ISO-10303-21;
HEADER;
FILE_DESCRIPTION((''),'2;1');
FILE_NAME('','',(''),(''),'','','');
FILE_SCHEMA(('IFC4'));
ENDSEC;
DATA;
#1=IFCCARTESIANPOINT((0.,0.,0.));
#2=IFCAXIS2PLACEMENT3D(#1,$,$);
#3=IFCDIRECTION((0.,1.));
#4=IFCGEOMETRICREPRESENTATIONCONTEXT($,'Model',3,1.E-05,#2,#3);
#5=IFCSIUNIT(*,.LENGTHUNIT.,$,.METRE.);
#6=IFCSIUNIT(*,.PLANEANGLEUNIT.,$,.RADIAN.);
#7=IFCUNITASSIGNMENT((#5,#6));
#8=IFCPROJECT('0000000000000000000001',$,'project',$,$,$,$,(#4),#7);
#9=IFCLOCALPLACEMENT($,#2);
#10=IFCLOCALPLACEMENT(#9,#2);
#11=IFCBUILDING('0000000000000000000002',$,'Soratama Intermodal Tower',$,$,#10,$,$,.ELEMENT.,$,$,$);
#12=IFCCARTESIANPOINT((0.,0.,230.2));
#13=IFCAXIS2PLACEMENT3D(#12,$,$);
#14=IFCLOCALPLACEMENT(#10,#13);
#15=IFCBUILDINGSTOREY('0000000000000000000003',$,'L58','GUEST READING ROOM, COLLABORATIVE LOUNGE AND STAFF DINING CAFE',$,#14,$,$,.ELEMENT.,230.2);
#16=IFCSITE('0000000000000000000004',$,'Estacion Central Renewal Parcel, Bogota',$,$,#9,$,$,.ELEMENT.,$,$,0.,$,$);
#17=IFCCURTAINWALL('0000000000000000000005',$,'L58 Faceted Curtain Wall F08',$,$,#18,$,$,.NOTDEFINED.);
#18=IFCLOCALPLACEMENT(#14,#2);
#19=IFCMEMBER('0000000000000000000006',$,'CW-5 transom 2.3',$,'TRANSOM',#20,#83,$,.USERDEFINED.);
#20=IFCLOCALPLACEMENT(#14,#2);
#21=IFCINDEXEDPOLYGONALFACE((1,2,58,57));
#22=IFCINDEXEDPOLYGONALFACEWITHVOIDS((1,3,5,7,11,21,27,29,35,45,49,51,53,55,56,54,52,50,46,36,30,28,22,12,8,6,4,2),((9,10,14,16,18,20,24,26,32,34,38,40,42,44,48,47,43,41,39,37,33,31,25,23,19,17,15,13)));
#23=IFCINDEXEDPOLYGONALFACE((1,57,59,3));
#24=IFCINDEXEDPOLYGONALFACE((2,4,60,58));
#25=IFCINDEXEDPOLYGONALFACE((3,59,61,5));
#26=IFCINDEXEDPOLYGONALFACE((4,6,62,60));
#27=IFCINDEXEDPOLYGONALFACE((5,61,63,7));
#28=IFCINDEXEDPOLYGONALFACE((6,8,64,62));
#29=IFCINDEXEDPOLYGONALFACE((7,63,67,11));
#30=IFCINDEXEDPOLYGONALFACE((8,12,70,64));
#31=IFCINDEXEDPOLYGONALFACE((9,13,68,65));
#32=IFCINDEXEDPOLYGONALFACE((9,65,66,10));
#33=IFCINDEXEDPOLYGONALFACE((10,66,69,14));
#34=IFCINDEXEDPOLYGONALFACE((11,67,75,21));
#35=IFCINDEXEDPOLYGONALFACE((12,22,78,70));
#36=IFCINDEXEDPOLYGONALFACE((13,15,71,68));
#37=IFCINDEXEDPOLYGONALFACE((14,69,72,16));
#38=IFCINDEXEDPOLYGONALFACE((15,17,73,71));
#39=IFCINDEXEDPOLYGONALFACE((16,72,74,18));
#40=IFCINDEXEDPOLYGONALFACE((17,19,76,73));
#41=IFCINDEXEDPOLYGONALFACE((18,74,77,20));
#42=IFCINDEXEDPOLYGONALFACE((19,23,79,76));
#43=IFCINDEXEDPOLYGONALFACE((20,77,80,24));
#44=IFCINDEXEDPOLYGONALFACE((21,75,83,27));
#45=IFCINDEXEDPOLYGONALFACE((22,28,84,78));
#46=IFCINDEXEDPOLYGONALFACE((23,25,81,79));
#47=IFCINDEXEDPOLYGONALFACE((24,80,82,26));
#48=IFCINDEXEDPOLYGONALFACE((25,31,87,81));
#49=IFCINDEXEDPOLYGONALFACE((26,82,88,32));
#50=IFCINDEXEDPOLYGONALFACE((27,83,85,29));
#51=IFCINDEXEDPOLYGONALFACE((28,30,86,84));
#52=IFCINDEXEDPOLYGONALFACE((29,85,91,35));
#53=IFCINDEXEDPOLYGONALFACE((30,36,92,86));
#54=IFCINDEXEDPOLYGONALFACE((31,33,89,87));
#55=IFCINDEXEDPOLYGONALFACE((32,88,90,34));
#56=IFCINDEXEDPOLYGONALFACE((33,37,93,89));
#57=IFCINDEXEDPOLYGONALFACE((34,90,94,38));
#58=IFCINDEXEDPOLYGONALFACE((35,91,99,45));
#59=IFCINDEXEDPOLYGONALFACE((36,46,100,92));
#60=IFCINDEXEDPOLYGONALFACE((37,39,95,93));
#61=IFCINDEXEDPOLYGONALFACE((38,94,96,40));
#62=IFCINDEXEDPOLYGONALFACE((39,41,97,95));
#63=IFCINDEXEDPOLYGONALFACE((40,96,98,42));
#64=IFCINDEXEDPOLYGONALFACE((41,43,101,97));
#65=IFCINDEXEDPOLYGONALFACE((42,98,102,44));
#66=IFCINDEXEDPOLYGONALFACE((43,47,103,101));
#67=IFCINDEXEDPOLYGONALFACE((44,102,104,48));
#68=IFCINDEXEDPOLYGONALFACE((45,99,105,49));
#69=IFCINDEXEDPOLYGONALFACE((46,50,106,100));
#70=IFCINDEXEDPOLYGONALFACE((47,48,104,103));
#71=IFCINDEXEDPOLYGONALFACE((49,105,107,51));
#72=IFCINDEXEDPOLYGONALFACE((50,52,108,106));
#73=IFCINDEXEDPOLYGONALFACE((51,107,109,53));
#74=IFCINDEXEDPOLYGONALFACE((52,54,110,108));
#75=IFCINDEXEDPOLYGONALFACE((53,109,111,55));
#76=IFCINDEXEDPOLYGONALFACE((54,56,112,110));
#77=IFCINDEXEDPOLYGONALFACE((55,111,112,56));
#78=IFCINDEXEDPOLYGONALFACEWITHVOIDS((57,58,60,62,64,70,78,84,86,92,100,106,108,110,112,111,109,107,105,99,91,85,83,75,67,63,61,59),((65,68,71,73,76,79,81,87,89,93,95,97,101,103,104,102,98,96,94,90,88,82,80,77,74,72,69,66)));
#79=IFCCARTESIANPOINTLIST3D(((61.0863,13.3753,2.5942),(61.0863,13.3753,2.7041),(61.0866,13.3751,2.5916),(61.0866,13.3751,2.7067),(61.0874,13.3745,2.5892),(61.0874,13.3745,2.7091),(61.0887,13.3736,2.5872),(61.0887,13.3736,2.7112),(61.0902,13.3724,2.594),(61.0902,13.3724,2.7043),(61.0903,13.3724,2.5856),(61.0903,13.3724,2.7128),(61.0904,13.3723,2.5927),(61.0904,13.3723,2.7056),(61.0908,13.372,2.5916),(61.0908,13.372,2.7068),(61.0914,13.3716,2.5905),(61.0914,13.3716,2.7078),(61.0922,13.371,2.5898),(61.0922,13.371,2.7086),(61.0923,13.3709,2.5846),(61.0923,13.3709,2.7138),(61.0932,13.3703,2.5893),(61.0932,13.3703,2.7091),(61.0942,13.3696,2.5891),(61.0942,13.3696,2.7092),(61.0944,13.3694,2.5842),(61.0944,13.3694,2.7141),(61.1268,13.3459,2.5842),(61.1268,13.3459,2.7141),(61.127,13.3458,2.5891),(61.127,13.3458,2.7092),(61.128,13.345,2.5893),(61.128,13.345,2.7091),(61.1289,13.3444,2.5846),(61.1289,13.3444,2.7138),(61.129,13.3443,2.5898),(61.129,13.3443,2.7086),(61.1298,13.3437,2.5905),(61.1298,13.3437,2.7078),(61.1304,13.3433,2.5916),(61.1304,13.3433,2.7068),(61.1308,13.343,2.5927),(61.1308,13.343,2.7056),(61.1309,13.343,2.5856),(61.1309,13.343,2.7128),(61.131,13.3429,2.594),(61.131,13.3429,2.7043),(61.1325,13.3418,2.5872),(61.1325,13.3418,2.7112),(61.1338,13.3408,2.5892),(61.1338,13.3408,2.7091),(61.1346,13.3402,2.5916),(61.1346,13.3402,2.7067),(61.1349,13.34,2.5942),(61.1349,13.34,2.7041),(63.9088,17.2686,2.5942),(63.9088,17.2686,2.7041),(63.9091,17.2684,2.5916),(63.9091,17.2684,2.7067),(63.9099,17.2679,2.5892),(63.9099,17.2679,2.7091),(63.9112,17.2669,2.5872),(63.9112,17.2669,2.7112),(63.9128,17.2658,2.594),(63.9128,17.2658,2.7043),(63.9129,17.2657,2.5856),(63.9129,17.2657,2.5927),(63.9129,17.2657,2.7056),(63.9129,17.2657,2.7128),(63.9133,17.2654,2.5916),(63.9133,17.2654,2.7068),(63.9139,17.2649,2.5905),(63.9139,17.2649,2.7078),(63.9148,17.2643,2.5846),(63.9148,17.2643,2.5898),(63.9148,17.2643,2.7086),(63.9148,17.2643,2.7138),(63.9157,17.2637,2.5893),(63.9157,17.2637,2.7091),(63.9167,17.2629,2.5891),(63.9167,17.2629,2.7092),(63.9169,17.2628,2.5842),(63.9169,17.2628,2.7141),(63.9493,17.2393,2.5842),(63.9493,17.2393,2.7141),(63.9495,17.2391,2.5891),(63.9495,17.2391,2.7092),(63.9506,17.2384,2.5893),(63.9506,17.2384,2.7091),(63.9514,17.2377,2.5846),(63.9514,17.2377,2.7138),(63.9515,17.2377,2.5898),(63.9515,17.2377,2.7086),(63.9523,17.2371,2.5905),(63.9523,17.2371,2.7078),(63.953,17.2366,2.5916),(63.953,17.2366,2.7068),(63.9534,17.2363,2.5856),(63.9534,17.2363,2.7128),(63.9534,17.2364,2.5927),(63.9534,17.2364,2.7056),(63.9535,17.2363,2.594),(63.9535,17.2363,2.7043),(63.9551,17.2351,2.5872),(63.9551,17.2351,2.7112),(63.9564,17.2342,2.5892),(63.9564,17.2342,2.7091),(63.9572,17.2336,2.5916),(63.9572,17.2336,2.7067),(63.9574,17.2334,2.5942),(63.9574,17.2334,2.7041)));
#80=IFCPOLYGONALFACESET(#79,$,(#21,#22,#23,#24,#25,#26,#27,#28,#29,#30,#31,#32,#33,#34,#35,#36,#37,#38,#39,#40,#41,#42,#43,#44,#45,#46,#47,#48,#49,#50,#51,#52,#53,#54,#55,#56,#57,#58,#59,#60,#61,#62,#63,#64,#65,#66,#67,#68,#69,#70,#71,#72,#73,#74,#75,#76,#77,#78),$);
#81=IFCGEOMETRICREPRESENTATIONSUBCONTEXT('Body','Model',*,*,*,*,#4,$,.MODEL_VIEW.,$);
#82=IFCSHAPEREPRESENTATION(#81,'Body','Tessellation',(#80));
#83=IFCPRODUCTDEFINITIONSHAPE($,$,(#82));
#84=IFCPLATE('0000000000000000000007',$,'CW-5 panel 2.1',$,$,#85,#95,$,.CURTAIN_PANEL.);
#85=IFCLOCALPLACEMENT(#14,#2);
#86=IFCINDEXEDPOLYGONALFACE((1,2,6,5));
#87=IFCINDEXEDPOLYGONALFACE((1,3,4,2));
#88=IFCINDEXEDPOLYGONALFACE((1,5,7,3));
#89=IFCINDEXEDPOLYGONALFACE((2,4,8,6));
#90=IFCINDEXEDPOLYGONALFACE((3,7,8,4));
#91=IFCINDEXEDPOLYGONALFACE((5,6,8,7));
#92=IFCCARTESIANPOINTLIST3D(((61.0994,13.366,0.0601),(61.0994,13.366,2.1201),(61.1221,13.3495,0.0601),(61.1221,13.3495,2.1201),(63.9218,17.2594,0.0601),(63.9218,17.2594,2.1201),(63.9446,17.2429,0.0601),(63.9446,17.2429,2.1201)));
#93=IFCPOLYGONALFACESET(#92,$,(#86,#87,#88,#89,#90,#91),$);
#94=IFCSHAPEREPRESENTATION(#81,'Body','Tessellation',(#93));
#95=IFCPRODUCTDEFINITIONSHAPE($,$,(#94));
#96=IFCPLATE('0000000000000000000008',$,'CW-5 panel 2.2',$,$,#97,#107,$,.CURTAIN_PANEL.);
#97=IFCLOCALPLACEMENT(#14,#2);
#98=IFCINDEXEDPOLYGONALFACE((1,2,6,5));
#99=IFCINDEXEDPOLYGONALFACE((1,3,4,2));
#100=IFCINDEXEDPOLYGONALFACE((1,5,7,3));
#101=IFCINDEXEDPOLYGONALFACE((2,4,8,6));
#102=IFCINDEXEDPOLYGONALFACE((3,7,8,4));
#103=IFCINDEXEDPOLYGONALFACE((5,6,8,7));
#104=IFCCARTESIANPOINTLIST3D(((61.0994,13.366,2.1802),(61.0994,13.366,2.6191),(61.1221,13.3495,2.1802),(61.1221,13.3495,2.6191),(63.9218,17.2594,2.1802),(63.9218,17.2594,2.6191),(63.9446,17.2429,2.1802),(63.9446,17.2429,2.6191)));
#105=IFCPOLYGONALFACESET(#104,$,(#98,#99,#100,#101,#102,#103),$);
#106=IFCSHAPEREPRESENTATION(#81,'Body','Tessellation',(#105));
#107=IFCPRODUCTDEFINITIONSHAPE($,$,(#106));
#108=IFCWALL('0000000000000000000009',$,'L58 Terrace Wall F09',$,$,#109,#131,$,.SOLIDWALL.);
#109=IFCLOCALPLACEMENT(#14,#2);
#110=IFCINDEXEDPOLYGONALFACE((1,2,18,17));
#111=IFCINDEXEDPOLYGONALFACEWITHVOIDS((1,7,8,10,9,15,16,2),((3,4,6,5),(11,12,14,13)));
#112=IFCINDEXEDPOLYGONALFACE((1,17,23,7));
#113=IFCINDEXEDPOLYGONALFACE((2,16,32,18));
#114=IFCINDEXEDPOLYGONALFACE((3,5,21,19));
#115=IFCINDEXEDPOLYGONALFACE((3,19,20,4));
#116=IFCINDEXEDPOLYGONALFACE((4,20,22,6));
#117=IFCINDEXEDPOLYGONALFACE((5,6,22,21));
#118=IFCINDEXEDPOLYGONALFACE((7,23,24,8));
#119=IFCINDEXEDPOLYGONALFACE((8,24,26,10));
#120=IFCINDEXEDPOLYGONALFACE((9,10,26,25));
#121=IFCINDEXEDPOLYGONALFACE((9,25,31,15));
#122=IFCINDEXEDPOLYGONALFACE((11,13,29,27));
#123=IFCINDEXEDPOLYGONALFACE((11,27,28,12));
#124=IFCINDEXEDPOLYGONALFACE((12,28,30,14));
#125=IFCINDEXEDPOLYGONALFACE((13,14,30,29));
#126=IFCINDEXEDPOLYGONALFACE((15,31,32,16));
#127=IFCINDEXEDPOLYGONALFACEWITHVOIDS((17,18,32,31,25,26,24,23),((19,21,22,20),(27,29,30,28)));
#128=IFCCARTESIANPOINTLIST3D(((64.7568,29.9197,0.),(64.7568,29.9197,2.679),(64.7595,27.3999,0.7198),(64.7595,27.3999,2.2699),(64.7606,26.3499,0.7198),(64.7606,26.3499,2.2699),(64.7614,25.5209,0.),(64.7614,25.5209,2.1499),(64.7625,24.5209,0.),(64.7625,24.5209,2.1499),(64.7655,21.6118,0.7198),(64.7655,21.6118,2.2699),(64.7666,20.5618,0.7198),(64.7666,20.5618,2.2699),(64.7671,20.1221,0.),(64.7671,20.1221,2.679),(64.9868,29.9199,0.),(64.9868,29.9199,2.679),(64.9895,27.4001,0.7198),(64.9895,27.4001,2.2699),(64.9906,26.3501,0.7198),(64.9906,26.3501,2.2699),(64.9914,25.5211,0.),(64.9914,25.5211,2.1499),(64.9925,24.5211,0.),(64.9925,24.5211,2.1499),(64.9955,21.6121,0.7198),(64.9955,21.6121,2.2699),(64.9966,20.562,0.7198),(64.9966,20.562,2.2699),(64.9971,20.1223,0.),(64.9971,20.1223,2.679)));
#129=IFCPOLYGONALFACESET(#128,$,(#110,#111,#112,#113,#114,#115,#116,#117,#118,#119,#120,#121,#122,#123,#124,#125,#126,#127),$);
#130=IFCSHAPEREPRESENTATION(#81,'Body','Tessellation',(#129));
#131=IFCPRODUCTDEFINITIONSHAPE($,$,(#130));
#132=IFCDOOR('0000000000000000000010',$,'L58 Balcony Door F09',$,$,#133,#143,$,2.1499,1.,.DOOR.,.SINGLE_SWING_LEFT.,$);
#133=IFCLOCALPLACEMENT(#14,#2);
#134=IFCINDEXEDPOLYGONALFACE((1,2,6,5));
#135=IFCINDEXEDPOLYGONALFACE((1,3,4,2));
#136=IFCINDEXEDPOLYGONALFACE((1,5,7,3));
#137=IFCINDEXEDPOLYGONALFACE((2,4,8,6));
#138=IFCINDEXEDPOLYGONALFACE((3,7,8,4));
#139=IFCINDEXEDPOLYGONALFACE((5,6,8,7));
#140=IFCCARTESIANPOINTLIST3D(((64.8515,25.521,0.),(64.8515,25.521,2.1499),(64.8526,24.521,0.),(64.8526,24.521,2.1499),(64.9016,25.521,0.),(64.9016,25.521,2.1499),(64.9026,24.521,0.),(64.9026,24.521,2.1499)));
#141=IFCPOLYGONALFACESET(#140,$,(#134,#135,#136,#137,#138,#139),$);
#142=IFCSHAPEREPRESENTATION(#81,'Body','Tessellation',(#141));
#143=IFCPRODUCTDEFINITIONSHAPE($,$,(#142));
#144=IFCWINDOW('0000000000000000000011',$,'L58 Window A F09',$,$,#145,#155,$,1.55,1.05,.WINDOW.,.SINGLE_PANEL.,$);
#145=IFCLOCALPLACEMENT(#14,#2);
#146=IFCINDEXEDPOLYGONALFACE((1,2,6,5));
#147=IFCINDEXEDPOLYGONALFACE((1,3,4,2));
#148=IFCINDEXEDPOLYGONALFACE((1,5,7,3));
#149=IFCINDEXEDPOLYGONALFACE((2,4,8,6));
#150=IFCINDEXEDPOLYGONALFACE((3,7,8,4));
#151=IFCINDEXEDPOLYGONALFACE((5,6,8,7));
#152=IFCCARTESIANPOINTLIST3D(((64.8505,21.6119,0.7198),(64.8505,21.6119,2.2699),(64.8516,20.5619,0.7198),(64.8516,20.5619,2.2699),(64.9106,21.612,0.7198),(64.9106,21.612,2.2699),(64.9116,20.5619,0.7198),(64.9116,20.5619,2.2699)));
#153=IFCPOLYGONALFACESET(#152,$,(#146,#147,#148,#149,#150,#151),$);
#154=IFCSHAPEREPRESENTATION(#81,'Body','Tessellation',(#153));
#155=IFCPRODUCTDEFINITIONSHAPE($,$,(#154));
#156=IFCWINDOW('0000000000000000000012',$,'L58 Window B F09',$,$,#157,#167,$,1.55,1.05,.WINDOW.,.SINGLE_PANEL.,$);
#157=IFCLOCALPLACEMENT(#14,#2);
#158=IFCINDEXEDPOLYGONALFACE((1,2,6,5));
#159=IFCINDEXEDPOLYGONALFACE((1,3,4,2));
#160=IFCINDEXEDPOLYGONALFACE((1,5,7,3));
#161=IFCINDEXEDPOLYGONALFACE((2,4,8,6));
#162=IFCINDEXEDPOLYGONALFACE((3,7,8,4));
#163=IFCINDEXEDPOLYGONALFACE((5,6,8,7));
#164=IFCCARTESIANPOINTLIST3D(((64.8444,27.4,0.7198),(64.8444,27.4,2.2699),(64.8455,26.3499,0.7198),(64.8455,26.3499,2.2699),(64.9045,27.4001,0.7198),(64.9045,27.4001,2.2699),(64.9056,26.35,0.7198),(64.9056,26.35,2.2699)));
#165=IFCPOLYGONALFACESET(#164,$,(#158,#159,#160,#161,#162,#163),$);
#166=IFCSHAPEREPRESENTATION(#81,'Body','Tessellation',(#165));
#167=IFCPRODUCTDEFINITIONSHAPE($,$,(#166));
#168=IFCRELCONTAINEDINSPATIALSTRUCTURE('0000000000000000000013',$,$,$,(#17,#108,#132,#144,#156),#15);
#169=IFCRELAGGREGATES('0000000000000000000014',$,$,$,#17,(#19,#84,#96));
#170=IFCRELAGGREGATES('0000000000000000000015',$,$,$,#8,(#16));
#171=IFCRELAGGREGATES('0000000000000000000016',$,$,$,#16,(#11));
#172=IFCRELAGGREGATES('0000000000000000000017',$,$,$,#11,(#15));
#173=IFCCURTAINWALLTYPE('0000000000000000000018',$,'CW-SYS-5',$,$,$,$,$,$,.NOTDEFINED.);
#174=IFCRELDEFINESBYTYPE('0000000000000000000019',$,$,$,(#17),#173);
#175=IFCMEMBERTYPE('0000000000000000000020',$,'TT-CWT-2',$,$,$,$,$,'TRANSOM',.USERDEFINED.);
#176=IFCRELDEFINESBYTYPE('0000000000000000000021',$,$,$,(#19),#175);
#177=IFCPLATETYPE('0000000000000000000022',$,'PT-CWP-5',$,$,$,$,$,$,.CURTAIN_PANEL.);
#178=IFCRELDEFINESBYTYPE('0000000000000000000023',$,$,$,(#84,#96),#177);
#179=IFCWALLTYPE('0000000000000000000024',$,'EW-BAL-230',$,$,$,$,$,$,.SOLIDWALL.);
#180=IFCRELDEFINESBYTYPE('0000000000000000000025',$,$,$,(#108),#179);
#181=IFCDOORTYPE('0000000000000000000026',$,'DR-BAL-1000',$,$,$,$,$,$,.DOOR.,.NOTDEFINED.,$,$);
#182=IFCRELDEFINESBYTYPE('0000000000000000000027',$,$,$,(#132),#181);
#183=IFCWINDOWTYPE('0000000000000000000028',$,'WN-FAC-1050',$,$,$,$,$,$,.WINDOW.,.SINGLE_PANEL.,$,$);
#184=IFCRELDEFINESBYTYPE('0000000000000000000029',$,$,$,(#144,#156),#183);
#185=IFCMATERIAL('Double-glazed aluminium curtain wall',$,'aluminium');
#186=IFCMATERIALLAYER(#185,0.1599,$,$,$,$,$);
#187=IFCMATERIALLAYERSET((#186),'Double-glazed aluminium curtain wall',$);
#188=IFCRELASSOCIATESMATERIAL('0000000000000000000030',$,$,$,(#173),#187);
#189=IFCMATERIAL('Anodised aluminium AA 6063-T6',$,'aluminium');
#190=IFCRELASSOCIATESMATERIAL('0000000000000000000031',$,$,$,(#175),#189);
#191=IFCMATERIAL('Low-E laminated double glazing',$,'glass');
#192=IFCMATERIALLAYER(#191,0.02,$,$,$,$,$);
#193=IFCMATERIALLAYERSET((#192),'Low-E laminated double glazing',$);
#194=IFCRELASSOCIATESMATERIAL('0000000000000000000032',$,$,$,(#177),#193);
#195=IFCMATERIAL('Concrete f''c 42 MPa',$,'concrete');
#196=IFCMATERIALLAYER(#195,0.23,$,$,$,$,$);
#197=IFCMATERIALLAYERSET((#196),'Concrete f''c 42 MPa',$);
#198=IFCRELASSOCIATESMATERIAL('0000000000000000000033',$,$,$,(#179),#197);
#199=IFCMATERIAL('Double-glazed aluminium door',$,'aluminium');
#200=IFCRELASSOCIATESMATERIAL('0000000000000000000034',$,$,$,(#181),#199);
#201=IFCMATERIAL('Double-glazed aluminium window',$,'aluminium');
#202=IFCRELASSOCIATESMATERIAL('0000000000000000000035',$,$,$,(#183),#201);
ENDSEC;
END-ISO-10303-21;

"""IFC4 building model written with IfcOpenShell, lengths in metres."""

from ifc_helpers import new_model, si_unit, direction, frame, frame_2d, origin, origin_2d, place, context, subcontext, project, spatial, rectangle, hollow_rectangle, extrude, material, layer, layer_set, material_profile, profile_set, type_object, element, fill, aggregate, save


model = new_model("IFC4")

# Units and contexts
model_context = context("Model", 3, precision=1e-05, world=origin(), true_north=direction((0.0, 1.0)))
body_context = subcontext(model_context, "Body", "Model", "MODEL_VIEW")
ifc_project = project(units=[si_unit("LENGTHUNIT", "METRE"), si_unit("PLANEANGLEUNIT", "RADIAN")], contexts=[model_context])

# Site, building, storey
site_placement = place(None, origin())
site = spatial("IfcSite", under=ifc_project, at=site_placement, Name="Estacion Central Renewal Parcel, Bogota", CompositionType="ELEMENT", RefElevation=0.0)
building_placement = place(site_placement, origin())
building = spatial("IfcBuilding", under=site, at=building_placement, Name="Soratama Intermodal Tower", CompositionType="ELEMENT")
storey_placement = place(building_placement, frame((0.0, 0.0, 230.2)))
storey = spatial("IfcBuildingStorey", under=building, at=storey_placement, Name="L58", Description="GUEST READING ROOM, COLLABORATIVE LOUNGE AND STAFF DINING CAFE", CompositionType="ELEMENT", Elevation=230.2)

# Curtain wall, member, plates
ifc_material_1 = material(Name="Double-glazed aluminium curtain wall", Category="aluminium")
ifc_layer_1 = layer(ifc_material_1, 0.1599)
ifc_layer_set_1 = layer_set([ifc_layer_1], Name="Double-glazed aluminium curtain wall")
curtain_wall_type = type_object("IfcCurtainWallType", Name="CW-SYS-5", PredefinedType="NOTDEFINED", material=ifc_layer_set_1)
curtain_wall_placement = place(storey_placement, origin())
curtain_wall = element("IfcCurtainWall", 1, at=curtain_wall_placement, inside=storey, type_object=curtain_wall_type, Name="L58 Faceted Curtain Wall F08", PredefinedType="NOTDEFINED")
ifc_material_2 = material(Name="Anodised aluminium AA 6063-T6", Category="aluminium")
ifc_material_profile_1 = material_profile(ifc_material_2, hollow_rectangle(XDim=0.0601, YDim=0.1299, WallThickness=0.0049, InnerFilletRadius=0.0049, OuterFilletRadius=0.01, at=origin_2d()), Name="CWT130X60X5")
ifc_profile_set_1 = profile_set([ifc_material_profile_1], Name="Anodised aluminium AA 6063-T6")
member_type_1 = type_object("IfcMemberType", Name="TT-CWT-2", ElementType="TRANSOM", PredefinedType="USERDEFINED", material=ifc_profile_set_1)
member_1_placement = place(storey_placement, frame((61.1106, 13.3577, 2.6492), z_axis=(0.586948, 0.809624, 0.0), x_axis=(-0.809624, 0.586948, 0.0)))
member_1 = element("IfcMember", 2, at=member_1_placement, type_object=member_type_1, Name="CW-5 transom 2.3", ObjectType="TRANSOM", PredefinedType="USERDEFINED", context=body_context, shape_type="SweptSolid", body=[
    extrude(hollow_rectangle(XDim=0.0601, YDim=0.1299, WallThickness=0.0049, InnerFilletRadius=0.0049, OuterFilletRadius=0.01, at=origin_2d()), origin(), (0.0, 0.0, 1.0), 4.8088),
])
ifc_material_3 = material(Name="Low-E laminated double glazing", Category="glass")
ifc_layer_2 = layer(ifc_material_3, 0.02)
ifc_layer_set_2 = layer_set([ifc_layer_2], Name="Low-E laminated double glazing")
plate_type = type_object("IfcPlateType", Name="PT-CWP-5", PredefinedType="CURTAIN_PANEL", material=ifc_layer_set_2)
plate_1_placement = place(storey_placement, frame((62.522, 15.3044, 0.0601), z_axis=(0.0, 0.0, 1.0), x_axis=(0.586937, 0.809633, 0.0)))
plate_1 = element("IfcPlate", 3, at=plate_1_placement, type_object=plate_type, Name="CW-5 panel 2.1", PredefinedType="CURTAIN_PANEL", context=body_context, shape_type="SweptSolid", body=[
    extrude(rectangle(XDim=4.8088, YDim=0.0281, at=origin_2d()), origin(), (0.0, 0.0, 1.0), 2.0601),
])
plate_2_placement = place(storey_placement, frame((62.522, 15.3044, 2.1802), z_axis=(0.0, 0.0, 1.0), x_axis=(0.586937, 0.809633, 0.0)))
plate_2 = element("IfcPlate", 4, at=plate_2_placement, type_object=plate_type, Name="CW-5 panel 2.2", PredefinedType="CURTAIN_PANEL", context=body_context, shape_type="SweptSolid", body=[
    extrude(rectangle(XDim=4.8088, YDim=0.0281, at=origin_2d()), origin(), (0.0, 0.0, 1.0), 0.439),
])
aggregate(curtain_wall, [member_1, plate_1, plate_2])

# Wall, openings, door, windows
ifc_material_4 = material(Name="Concrete f'c 42 MPa", Category="concrete")
ifc_layer_3 = layer(ifc_material_4, 0.23)
ifc_layer_set_3 = layer_set([ifc_layer_3], Name="Concrete f'c 42 MPa")
wall_type_1 = type_object("IfcWallType", Name="EW-BAL-230", PredefinedType="SOLIDWALL", material=ifc_layer_set_3)
wall_1_placement = place(storey_placement, frame((64.8821, 20.1221, 0.0), z_axis=(0.0, 0.0, 1.0), x_axis=(-0.001047, 0.999999, 0.0)))
wall_1 = element("IfcWall", 5, at=wall_1_placement, inside=storey, type_object=wall_type_1, Name="L58 Terrace Wall F09", PredefinedType="SOLIDWALL", context=body_context, shape_type="SweptSolid", body=[
    extrude(rectangle(XDim=9.7976, YDim=0.23, at=frame_2d((4.8989, 0.0))), origin(), (0.0, 0.0, 1.0), 2.679),
])
opening_1_placement = place(wall_1_placement, frame((4.3989, 0.0, 0.0)))
opening_1 = element("IfcOpeningElement", 6, at=opening_1_placement, cuts=wall_1, PredefinedType="OPENING", context=body_context, shape_type="SweptSolid", body=[
    extrude(rectangle(XDim=1.0, YDim=2.1499, at=frame_2d((0.5, 1.075))), frame((0.0, 0.125, 0.0), z_axis=(0.0, -1.0, 0.0), x_axis=(1.0, 0.0, 0.0)), (0.0, 0.0, 1.0), 0.25),
])
opening_2_placement = place(wall_1_placement, frame((0.4399, 0.0, 0.72)))
opening_2 = element("IfcOpeningElement", 7, at=opening_2_placement, cuts=wall_1, PredefinedType="OPENING", context=body_context, shape_type="SweptSolid", body=[
    extrude(rectangle(XDim=1.05, YDim=1.55, at=frame_2d((0.5249, 0.7749))), frame((0.0, 0.125, 0.0), z_axis=(0.0, -1.0, 0.0), x_axis=(1.0, 0.0, 0.0)), (0.0, 0.0, 1.0), 0.25),
])
opening_3_placement = place(wall_1_placement, frame((6.228, 0.0, 0.72)))
opening_3 = element("IfcOpeningElement", 8, at=opening_3_placement, cuts=wall_1, PredefinedType="OPENING", context=body_context, shape_type="SweptSolid", body=[
    extrude(rectangle(XDim=1.05, YDim=1.55, at=frame_2d((0.5249, 0.7749))), frame((0.0, 0.125, 0.0), z_axis=(0.0, -1.0, 0.0), x_axis=(1.0, 0.0, 0.0)), (0.0, 0.0, 1.0), 0.25),
])
ifc_material_5 = material(Name="Double-glazed aluminium door", Category="aluminium")
door_type = type_object("IfcDoorType", Name="DR-BAL-1000", OperationType="NOTDEFINED", PredefinedType="DOOR", material=ifc_material_5)
door_placement = place(opening_1_placement, origin())
door = element("IfcDoor", 9, at=door_placement, inside=storey, type_object=door_type, Name="L58 Balcony Door F09", OperationType="SINGLE_SWING_LEFT", OverallHeight=2.1499, OverallWidth=1.0, PredefinedType="DOOR", context=body_context, shape_type="SweptSolid", body=[
    extrude(rectangle(XDim=1.0, YDim=2.1499, at=frame_2d((0.5, 1.075))), frame((0.0, 0.0249, 0.0), z_axis=(0.0, -1.0, 0.0), x_axis=(1.0, 0.0, 0.0)), (0.0, 0.0, 1.0), 0.05),
])
fill(opening_1, door)
ifc_material_6 = material(Name="Double-glazed aluminium window", Category="aluminium")
window_type_1 = type_object("IfcWindowType", Name="WN-FAC-1050", PartitioningType="SINGLE_PANEL", PredefinedType="WINDOW", material=ifc_material_6)
window_1_placement = place(opening_2_placement, origin())
window_1 = element("IfcWindow", 10, at=window_1_placement, inside=storey, type_object=window_type_1, Name="L58 Window A F09", OverallHeight=1.55, OverallWidth=1.05, PartitioningType="SINGLE_PANEL", PredefinedType="WINDOW", context=body_context, shape_type="SweptSolid", body=[
    extrude(rectangle(XDim=1.05, YDim=1.55, at=frame_2d((0.5249, 0.7749))), frame((0.0, 0.03, 0.0), z_axis=(0.0, -1.0, 0.0), x_axis=(1.0, 0.0, 0.0)), (0.0, 0.0, 1.0), 0.0601),
])
fill(opening_2, window_1)
window_2_placement = place(opening_3_placement, origin())
window_2 = element("IfcWindow", 11, at=window_2_placement, inside=storey, type_object=window_type_1, Name="L58 Window B F09", OverallHeight=1.55, OverallWidth=1.05, PartitioningType="SINGLE_PANEL", PredefinedType="WINDOW", context=body_context, shape_type="SweptSolid", body=[
    extrude(rectangle(XDim=1.05, YDim=1.55, at=frame_2d((0.5249, 0.7749))), frame((0.0, 0.03, 0.0), z_axis=(0.0, -1.0, 0.0), x_axis=(1.0, 0.0, 0.0)), (0.0, 0.0, 1.0), 0.0601),
])
fill(opening_3, window_2)

save(model, "model.ifc")
